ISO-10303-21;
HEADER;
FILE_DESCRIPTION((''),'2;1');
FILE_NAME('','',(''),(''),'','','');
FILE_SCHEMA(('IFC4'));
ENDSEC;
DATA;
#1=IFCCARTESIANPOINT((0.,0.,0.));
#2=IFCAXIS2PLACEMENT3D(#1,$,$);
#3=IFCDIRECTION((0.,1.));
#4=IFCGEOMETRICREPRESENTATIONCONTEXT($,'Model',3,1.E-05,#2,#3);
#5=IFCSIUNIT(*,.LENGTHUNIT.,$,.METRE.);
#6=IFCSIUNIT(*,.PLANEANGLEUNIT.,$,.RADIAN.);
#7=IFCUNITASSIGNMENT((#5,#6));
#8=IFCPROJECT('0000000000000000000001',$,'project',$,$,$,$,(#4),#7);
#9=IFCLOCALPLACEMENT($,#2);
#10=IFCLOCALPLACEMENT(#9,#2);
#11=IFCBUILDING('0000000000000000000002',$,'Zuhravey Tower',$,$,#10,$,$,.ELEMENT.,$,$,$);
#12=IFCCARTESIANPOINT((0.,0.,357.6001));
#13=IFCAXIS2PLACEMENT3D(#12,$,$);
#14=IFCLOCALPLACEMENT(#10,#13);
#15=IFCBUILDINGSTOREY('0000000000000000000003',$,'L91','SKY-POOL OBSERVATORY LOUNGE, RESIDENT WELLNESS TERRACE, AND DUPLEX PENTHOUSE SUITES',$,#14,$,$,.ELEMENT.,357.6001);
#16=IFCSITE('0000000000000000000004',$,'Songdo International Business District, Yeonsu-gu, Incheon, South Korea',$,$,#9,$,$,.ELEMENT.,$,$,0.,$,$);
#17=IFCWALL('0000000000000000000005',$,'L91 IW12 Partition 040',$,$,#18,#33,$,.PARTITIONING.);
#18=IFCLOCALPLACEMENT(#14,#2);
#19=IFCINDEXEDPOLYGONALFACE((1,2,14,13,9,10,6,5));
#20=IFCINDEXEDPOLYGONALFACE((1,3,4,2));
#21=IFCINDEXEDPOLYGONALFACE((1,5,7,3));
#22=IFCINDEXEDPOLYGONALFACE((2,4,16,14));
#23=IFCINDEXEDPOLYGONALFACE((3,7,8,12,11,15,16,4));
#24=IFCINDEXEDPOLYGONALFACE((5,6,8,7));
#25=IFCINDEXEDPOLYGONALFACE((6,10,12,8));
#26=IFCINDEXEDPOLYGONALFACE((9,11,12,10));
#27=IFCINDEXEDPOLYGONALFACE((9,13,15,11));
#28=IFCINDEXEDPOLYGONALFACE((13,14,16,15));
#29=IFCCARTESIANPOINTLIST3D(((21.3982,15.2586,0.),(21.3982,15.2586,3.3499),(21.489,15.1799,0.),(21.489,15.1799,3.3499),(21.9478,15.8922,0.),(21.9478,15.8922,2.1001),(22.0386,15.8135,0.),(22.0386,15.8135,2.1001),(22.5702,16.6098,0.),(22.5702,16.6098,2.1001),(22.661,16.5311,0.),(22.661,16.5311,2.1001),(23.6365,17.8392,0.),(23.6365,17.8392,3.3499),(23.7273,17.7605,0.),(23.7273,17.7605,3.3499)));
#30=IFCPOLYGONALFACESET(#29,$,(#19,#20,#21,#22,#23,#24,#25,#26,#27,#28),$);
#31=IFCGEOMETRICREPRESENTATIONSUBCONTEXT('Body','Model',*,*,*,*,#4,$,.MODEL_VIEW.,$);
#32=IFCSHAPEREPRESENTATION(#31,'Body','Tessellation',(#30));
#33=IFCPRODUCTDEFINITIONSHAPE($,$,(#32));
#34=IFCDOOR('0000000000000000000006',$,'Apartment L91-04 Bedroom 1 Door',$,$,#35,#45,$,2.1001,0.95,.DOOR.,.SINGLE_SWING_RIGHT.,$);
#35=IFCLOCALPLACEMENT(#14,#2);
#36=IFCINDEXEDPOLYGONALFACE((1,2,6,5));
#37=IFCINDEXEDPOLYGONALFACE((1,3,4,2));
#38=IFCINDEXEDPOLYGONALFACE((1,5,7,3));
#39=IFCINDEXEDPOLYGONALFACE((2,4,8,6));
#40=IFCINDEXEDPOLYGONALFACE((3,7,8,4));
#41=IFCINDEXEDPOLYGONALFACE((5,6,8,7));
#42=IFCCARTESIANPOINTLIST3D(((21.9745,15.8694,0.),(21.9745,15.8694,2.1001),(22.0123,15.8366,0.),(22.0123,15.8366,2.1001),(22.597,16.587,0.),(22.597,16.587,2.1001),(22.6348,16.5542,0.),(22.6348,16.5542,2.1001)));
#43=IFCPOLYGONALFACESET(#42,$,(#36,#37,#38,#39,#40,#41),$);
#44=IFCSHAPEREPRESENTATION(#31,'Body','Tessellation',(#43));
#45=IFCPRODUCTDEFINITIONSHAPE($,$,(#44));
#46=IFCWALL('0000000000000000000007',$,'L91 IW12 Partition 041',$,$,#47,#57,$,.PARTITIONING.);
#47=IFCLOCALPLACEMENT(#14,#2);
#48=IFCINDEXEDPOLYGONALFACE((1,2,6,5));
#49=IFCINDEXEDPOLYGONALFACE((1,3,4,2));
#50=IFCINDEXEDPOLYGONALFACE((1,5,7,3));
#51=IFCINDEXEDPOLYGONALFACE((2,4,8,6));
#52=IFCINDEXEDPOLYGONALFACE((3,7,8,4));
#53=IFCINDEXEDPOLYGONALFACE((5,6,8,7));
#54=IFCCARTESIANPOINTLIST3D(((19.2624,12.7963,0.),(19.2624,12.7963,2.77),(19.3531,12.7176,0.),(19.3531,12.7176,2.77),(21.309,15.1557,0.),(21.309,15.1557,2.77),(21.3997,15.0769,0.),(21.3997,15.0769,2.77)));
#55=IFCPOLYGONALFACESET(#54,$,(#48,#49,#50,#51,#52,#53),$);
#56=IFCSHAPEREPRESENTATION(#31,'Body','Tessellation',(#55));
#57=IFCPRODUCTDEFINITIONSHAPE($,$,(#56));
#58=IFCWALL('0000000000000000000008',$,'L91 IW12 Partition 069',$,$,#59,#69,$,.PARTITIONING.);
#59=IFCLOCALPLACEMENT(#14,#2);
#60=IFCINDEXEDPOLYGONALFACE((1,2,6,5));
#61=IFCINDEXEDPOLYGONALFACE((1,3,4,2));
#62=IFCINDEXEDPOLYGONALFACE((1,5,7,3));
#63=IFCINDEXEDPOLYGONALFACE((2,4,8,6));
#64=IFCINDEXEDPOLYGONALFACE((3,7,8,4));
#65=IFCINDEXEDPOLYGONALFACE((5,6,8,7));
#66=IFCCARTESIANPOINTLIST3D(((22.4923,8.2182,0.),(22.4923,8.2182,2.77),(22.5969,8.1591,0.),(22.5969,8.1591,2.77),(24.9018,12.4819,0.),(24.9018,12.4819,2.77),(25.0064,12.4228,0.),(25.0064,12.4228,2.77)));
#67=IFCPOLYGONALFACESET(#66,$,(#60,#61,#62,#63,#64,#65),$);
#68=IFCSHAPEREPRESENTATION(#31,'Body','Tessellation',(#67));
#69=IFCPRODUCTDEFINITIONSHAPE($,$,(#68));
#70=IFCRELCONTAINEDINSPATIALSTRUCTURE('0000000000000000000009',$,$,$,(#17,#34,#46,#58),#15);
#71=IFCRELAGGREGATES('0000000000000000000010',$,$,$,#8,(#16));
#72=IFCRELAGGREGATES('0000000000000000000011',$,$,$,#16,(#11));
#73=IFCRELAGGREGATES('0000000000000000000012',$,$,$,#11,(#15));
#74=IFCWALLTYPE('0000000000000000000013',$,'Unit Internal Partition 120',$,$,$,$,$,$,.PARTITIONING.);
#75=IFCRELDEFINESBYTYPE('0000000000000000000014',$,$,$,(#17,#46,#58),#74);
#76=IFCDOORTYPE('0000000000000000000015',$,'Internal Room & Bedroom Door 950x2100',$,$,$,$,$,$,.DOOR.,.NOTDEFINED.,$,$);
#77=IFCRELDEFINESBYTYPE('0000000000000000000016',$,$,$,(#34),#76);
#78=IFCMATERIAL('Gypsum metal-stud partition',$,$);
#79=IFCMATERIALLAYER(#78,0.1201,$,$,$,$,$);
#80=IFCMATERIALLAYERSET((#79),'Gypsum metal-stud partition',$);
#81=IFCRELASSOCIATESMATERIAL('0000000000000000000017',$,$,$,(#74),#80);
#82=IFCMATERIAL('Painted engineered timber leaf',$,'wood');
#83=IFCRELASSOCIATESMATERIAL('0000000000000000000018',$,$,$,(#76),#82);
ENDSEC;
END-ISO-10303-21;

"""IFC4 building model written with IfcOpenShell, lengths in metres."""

from ifc_helpers import new_model, si_unit, direction, frame, frame_2d, origin, place, context, subcontext, project, spatial, rectangle, extrude, material, layer, layer_set, type_object, element, fill, save


model = new_model("IFC4")

# Units and contexts
model_context = context("Model", 3, precision=1e-05, world=origin(), true_north=direction((0.0, 1.0)))
body_context = subcontext(model_context, "Body", "Model", "MODEL_VIEW")
ifc_project = project(units=[si_unit("LENGTHUNIT", "METRE"), si_unit("PLANEANGLEUNIT", "RADIAN")], contexts=[model_context])

# Site, building, storey
site_placement = place(None, origin())
site = spatial("IfcSite", under=ifc_project, at=site_placement, Name="Songdo International Business District, Yeonsu-gu, Incheon, South Korea", CompositionType="ELEMENT", RefElevation=0.0)
building_placement = place(site_placement, origin())
building = spatial("IfcBuilding", under=site, at=building_placement, Name="Zuhravey Tower", CompositionType="ELEMENT")
storey_placement = place(building_placement, frame((0.0, 0.0, 357.6001)))
storey = spatial("IfcBuildingStorey", under=building, at=storey_placement, Name="L91", Description="SKY-POOL OBSERVATORY LOUNGE, RESIDENT WELLNESS TERRACE, AND DUPLEX PENTHOUSE SUITES", CompositionType="ELEMENT", Elevation=357.6001)

# Shared definitions
ifc_material_1 = material(Name="Gypsum metal-stud partition")
ifc_layer_1 = layer(ifc_material_1, 0.1201)
ifc_layer_set_1 = layer_set([ifc_layer_1], Name="Gypsum metal-stud partition")
wall_type_1 = type_object("IfcWallType", Name="Unit Internal Partition 120", PredefinedType="PARTITIONING", material=ifc_layer_set_1)
ifc_material_2 = material(Name="Painted engineered timber leaf", Category="wood")
door_type = type_object("IfcDoorType", Name="Internal Room & Bedroom Door 950x2100", OperationType="NOTDEFINED", PredefinedType="DOOR", material=ifc_material_2)

# Wall, opening, door
wall_1_placement = place(storey_placement, frame((23.6819, 17.7998, 0.0), z_axis=(0.0, 0.0, 1.0), x_axis=(-0.65523, -0.75543, 0.0)))
wall_1 = element("IfcWall", 1, at=wall_1_placement, inside=storey, type_object=wall_type_1, Name="L91 IW12 Partition 040", PredefinedType="PARTITIONING", context=body_context, shape_type="SweptSolid", body=[
    extrude(rectangle(XDim=3.416, YDim=0.1201, at=frame_2d((1.708, 0.0))), origin(), (0.0, 0.0, 1.0), 3.3499),
])
opening_1_placement = place(wall_1_placement, frame((1.6272, 0.0, 0.0)))
opening_1 = element("IfcOpeningElement", 2, at=opening_1_placement, cuts=wall_1, PredefinedType="OPENING", context=body_context, shape_type="SweptSolid", body=[
    extrude(rectangle(XDim=0.95, YDim=2.1001, at=frame_2d((0.4751, 1.05))), frame((0.0, 0.072, 0.0), z_axis=(0.0, -1.0, 0.0), x_axis=(1.0, 0.0, 0.0)), (0.0, 0.0, 1.0), 0.144),
])
door_1_placement = place(opening_1_placement, frame((0.95, 0.0, 0.0), z_axis=(0.0, 0.0, 1.0), x_axis=(-1.0, 0.0, 0.0)))
door_1 = element("IfcDoor", 3, at=door_1_placement, inside=storey, type_object=door_type, Name="Apartment L91-04 Bedroom 1 Door", OperationType="SINGLE_SWING_RIGHT", OverallHeight=2.1001, OverallWidth=0.95, PredefinedType="DOOR", context=body_context, shape_type="SweptSolid", body=[
    extrude(rectangle(XDim=0.95, YDim=2.1001, at=frame_2d((0.4751, 1.05))), frame((0.0, 0.0249, 0.0), z_axis=(0.0, -1.0, 0.0), x_axis=(1.0, 0.0, 0.0)), (0.0, 0.0, 1.0), 0.05),
])
fill(opening_1, door_1)

# Walls
wall_2_placement = place(storey_placement, frame((21.3542, 15.1162, 0.0), z_axis=(0.0, 0.0, 1.0), x_axis=(-0.655267, -0.755398, 0.0)))
element("IfcWall", 4, at=wall_2_placement, inside=storey, type_object=wall_type_1, Name="L91 IW12 Partition 041", PredefinedType="PARTITIONING", context=body_context, shape_type="SweptSolid", body=[
    extrude(rectangle(XDim=3.1233, YDim=0.1201, at=frame_2d((1.5615, 0.0))), origin(), (0.0, 0.0, 1.0), 2.77),
])
wall_3_placement = place(storey_placement, frame((24.9541, 12.4524, 0.0), z_axis=(0.0, 0.0, 1.0), x_axis=(-0.491983, -0.870605, 0.0)))
element("IfcWall", 5, at=wall_3_placement, inside=storey, type_object=wall_type_1, Name="L91 IW12 Partition 069", PredefinedType="PARTITIONING", context=body_context, shape_type="SweptSolid", body=[
    extrude(rectangle(XDim=4.8975, YDim=0.1201, at=frame_2d((2.4487, 0.0))), origin(), (0.0, 0.0, 1.0), 2.77),
])

save(model, "model.ifc")
